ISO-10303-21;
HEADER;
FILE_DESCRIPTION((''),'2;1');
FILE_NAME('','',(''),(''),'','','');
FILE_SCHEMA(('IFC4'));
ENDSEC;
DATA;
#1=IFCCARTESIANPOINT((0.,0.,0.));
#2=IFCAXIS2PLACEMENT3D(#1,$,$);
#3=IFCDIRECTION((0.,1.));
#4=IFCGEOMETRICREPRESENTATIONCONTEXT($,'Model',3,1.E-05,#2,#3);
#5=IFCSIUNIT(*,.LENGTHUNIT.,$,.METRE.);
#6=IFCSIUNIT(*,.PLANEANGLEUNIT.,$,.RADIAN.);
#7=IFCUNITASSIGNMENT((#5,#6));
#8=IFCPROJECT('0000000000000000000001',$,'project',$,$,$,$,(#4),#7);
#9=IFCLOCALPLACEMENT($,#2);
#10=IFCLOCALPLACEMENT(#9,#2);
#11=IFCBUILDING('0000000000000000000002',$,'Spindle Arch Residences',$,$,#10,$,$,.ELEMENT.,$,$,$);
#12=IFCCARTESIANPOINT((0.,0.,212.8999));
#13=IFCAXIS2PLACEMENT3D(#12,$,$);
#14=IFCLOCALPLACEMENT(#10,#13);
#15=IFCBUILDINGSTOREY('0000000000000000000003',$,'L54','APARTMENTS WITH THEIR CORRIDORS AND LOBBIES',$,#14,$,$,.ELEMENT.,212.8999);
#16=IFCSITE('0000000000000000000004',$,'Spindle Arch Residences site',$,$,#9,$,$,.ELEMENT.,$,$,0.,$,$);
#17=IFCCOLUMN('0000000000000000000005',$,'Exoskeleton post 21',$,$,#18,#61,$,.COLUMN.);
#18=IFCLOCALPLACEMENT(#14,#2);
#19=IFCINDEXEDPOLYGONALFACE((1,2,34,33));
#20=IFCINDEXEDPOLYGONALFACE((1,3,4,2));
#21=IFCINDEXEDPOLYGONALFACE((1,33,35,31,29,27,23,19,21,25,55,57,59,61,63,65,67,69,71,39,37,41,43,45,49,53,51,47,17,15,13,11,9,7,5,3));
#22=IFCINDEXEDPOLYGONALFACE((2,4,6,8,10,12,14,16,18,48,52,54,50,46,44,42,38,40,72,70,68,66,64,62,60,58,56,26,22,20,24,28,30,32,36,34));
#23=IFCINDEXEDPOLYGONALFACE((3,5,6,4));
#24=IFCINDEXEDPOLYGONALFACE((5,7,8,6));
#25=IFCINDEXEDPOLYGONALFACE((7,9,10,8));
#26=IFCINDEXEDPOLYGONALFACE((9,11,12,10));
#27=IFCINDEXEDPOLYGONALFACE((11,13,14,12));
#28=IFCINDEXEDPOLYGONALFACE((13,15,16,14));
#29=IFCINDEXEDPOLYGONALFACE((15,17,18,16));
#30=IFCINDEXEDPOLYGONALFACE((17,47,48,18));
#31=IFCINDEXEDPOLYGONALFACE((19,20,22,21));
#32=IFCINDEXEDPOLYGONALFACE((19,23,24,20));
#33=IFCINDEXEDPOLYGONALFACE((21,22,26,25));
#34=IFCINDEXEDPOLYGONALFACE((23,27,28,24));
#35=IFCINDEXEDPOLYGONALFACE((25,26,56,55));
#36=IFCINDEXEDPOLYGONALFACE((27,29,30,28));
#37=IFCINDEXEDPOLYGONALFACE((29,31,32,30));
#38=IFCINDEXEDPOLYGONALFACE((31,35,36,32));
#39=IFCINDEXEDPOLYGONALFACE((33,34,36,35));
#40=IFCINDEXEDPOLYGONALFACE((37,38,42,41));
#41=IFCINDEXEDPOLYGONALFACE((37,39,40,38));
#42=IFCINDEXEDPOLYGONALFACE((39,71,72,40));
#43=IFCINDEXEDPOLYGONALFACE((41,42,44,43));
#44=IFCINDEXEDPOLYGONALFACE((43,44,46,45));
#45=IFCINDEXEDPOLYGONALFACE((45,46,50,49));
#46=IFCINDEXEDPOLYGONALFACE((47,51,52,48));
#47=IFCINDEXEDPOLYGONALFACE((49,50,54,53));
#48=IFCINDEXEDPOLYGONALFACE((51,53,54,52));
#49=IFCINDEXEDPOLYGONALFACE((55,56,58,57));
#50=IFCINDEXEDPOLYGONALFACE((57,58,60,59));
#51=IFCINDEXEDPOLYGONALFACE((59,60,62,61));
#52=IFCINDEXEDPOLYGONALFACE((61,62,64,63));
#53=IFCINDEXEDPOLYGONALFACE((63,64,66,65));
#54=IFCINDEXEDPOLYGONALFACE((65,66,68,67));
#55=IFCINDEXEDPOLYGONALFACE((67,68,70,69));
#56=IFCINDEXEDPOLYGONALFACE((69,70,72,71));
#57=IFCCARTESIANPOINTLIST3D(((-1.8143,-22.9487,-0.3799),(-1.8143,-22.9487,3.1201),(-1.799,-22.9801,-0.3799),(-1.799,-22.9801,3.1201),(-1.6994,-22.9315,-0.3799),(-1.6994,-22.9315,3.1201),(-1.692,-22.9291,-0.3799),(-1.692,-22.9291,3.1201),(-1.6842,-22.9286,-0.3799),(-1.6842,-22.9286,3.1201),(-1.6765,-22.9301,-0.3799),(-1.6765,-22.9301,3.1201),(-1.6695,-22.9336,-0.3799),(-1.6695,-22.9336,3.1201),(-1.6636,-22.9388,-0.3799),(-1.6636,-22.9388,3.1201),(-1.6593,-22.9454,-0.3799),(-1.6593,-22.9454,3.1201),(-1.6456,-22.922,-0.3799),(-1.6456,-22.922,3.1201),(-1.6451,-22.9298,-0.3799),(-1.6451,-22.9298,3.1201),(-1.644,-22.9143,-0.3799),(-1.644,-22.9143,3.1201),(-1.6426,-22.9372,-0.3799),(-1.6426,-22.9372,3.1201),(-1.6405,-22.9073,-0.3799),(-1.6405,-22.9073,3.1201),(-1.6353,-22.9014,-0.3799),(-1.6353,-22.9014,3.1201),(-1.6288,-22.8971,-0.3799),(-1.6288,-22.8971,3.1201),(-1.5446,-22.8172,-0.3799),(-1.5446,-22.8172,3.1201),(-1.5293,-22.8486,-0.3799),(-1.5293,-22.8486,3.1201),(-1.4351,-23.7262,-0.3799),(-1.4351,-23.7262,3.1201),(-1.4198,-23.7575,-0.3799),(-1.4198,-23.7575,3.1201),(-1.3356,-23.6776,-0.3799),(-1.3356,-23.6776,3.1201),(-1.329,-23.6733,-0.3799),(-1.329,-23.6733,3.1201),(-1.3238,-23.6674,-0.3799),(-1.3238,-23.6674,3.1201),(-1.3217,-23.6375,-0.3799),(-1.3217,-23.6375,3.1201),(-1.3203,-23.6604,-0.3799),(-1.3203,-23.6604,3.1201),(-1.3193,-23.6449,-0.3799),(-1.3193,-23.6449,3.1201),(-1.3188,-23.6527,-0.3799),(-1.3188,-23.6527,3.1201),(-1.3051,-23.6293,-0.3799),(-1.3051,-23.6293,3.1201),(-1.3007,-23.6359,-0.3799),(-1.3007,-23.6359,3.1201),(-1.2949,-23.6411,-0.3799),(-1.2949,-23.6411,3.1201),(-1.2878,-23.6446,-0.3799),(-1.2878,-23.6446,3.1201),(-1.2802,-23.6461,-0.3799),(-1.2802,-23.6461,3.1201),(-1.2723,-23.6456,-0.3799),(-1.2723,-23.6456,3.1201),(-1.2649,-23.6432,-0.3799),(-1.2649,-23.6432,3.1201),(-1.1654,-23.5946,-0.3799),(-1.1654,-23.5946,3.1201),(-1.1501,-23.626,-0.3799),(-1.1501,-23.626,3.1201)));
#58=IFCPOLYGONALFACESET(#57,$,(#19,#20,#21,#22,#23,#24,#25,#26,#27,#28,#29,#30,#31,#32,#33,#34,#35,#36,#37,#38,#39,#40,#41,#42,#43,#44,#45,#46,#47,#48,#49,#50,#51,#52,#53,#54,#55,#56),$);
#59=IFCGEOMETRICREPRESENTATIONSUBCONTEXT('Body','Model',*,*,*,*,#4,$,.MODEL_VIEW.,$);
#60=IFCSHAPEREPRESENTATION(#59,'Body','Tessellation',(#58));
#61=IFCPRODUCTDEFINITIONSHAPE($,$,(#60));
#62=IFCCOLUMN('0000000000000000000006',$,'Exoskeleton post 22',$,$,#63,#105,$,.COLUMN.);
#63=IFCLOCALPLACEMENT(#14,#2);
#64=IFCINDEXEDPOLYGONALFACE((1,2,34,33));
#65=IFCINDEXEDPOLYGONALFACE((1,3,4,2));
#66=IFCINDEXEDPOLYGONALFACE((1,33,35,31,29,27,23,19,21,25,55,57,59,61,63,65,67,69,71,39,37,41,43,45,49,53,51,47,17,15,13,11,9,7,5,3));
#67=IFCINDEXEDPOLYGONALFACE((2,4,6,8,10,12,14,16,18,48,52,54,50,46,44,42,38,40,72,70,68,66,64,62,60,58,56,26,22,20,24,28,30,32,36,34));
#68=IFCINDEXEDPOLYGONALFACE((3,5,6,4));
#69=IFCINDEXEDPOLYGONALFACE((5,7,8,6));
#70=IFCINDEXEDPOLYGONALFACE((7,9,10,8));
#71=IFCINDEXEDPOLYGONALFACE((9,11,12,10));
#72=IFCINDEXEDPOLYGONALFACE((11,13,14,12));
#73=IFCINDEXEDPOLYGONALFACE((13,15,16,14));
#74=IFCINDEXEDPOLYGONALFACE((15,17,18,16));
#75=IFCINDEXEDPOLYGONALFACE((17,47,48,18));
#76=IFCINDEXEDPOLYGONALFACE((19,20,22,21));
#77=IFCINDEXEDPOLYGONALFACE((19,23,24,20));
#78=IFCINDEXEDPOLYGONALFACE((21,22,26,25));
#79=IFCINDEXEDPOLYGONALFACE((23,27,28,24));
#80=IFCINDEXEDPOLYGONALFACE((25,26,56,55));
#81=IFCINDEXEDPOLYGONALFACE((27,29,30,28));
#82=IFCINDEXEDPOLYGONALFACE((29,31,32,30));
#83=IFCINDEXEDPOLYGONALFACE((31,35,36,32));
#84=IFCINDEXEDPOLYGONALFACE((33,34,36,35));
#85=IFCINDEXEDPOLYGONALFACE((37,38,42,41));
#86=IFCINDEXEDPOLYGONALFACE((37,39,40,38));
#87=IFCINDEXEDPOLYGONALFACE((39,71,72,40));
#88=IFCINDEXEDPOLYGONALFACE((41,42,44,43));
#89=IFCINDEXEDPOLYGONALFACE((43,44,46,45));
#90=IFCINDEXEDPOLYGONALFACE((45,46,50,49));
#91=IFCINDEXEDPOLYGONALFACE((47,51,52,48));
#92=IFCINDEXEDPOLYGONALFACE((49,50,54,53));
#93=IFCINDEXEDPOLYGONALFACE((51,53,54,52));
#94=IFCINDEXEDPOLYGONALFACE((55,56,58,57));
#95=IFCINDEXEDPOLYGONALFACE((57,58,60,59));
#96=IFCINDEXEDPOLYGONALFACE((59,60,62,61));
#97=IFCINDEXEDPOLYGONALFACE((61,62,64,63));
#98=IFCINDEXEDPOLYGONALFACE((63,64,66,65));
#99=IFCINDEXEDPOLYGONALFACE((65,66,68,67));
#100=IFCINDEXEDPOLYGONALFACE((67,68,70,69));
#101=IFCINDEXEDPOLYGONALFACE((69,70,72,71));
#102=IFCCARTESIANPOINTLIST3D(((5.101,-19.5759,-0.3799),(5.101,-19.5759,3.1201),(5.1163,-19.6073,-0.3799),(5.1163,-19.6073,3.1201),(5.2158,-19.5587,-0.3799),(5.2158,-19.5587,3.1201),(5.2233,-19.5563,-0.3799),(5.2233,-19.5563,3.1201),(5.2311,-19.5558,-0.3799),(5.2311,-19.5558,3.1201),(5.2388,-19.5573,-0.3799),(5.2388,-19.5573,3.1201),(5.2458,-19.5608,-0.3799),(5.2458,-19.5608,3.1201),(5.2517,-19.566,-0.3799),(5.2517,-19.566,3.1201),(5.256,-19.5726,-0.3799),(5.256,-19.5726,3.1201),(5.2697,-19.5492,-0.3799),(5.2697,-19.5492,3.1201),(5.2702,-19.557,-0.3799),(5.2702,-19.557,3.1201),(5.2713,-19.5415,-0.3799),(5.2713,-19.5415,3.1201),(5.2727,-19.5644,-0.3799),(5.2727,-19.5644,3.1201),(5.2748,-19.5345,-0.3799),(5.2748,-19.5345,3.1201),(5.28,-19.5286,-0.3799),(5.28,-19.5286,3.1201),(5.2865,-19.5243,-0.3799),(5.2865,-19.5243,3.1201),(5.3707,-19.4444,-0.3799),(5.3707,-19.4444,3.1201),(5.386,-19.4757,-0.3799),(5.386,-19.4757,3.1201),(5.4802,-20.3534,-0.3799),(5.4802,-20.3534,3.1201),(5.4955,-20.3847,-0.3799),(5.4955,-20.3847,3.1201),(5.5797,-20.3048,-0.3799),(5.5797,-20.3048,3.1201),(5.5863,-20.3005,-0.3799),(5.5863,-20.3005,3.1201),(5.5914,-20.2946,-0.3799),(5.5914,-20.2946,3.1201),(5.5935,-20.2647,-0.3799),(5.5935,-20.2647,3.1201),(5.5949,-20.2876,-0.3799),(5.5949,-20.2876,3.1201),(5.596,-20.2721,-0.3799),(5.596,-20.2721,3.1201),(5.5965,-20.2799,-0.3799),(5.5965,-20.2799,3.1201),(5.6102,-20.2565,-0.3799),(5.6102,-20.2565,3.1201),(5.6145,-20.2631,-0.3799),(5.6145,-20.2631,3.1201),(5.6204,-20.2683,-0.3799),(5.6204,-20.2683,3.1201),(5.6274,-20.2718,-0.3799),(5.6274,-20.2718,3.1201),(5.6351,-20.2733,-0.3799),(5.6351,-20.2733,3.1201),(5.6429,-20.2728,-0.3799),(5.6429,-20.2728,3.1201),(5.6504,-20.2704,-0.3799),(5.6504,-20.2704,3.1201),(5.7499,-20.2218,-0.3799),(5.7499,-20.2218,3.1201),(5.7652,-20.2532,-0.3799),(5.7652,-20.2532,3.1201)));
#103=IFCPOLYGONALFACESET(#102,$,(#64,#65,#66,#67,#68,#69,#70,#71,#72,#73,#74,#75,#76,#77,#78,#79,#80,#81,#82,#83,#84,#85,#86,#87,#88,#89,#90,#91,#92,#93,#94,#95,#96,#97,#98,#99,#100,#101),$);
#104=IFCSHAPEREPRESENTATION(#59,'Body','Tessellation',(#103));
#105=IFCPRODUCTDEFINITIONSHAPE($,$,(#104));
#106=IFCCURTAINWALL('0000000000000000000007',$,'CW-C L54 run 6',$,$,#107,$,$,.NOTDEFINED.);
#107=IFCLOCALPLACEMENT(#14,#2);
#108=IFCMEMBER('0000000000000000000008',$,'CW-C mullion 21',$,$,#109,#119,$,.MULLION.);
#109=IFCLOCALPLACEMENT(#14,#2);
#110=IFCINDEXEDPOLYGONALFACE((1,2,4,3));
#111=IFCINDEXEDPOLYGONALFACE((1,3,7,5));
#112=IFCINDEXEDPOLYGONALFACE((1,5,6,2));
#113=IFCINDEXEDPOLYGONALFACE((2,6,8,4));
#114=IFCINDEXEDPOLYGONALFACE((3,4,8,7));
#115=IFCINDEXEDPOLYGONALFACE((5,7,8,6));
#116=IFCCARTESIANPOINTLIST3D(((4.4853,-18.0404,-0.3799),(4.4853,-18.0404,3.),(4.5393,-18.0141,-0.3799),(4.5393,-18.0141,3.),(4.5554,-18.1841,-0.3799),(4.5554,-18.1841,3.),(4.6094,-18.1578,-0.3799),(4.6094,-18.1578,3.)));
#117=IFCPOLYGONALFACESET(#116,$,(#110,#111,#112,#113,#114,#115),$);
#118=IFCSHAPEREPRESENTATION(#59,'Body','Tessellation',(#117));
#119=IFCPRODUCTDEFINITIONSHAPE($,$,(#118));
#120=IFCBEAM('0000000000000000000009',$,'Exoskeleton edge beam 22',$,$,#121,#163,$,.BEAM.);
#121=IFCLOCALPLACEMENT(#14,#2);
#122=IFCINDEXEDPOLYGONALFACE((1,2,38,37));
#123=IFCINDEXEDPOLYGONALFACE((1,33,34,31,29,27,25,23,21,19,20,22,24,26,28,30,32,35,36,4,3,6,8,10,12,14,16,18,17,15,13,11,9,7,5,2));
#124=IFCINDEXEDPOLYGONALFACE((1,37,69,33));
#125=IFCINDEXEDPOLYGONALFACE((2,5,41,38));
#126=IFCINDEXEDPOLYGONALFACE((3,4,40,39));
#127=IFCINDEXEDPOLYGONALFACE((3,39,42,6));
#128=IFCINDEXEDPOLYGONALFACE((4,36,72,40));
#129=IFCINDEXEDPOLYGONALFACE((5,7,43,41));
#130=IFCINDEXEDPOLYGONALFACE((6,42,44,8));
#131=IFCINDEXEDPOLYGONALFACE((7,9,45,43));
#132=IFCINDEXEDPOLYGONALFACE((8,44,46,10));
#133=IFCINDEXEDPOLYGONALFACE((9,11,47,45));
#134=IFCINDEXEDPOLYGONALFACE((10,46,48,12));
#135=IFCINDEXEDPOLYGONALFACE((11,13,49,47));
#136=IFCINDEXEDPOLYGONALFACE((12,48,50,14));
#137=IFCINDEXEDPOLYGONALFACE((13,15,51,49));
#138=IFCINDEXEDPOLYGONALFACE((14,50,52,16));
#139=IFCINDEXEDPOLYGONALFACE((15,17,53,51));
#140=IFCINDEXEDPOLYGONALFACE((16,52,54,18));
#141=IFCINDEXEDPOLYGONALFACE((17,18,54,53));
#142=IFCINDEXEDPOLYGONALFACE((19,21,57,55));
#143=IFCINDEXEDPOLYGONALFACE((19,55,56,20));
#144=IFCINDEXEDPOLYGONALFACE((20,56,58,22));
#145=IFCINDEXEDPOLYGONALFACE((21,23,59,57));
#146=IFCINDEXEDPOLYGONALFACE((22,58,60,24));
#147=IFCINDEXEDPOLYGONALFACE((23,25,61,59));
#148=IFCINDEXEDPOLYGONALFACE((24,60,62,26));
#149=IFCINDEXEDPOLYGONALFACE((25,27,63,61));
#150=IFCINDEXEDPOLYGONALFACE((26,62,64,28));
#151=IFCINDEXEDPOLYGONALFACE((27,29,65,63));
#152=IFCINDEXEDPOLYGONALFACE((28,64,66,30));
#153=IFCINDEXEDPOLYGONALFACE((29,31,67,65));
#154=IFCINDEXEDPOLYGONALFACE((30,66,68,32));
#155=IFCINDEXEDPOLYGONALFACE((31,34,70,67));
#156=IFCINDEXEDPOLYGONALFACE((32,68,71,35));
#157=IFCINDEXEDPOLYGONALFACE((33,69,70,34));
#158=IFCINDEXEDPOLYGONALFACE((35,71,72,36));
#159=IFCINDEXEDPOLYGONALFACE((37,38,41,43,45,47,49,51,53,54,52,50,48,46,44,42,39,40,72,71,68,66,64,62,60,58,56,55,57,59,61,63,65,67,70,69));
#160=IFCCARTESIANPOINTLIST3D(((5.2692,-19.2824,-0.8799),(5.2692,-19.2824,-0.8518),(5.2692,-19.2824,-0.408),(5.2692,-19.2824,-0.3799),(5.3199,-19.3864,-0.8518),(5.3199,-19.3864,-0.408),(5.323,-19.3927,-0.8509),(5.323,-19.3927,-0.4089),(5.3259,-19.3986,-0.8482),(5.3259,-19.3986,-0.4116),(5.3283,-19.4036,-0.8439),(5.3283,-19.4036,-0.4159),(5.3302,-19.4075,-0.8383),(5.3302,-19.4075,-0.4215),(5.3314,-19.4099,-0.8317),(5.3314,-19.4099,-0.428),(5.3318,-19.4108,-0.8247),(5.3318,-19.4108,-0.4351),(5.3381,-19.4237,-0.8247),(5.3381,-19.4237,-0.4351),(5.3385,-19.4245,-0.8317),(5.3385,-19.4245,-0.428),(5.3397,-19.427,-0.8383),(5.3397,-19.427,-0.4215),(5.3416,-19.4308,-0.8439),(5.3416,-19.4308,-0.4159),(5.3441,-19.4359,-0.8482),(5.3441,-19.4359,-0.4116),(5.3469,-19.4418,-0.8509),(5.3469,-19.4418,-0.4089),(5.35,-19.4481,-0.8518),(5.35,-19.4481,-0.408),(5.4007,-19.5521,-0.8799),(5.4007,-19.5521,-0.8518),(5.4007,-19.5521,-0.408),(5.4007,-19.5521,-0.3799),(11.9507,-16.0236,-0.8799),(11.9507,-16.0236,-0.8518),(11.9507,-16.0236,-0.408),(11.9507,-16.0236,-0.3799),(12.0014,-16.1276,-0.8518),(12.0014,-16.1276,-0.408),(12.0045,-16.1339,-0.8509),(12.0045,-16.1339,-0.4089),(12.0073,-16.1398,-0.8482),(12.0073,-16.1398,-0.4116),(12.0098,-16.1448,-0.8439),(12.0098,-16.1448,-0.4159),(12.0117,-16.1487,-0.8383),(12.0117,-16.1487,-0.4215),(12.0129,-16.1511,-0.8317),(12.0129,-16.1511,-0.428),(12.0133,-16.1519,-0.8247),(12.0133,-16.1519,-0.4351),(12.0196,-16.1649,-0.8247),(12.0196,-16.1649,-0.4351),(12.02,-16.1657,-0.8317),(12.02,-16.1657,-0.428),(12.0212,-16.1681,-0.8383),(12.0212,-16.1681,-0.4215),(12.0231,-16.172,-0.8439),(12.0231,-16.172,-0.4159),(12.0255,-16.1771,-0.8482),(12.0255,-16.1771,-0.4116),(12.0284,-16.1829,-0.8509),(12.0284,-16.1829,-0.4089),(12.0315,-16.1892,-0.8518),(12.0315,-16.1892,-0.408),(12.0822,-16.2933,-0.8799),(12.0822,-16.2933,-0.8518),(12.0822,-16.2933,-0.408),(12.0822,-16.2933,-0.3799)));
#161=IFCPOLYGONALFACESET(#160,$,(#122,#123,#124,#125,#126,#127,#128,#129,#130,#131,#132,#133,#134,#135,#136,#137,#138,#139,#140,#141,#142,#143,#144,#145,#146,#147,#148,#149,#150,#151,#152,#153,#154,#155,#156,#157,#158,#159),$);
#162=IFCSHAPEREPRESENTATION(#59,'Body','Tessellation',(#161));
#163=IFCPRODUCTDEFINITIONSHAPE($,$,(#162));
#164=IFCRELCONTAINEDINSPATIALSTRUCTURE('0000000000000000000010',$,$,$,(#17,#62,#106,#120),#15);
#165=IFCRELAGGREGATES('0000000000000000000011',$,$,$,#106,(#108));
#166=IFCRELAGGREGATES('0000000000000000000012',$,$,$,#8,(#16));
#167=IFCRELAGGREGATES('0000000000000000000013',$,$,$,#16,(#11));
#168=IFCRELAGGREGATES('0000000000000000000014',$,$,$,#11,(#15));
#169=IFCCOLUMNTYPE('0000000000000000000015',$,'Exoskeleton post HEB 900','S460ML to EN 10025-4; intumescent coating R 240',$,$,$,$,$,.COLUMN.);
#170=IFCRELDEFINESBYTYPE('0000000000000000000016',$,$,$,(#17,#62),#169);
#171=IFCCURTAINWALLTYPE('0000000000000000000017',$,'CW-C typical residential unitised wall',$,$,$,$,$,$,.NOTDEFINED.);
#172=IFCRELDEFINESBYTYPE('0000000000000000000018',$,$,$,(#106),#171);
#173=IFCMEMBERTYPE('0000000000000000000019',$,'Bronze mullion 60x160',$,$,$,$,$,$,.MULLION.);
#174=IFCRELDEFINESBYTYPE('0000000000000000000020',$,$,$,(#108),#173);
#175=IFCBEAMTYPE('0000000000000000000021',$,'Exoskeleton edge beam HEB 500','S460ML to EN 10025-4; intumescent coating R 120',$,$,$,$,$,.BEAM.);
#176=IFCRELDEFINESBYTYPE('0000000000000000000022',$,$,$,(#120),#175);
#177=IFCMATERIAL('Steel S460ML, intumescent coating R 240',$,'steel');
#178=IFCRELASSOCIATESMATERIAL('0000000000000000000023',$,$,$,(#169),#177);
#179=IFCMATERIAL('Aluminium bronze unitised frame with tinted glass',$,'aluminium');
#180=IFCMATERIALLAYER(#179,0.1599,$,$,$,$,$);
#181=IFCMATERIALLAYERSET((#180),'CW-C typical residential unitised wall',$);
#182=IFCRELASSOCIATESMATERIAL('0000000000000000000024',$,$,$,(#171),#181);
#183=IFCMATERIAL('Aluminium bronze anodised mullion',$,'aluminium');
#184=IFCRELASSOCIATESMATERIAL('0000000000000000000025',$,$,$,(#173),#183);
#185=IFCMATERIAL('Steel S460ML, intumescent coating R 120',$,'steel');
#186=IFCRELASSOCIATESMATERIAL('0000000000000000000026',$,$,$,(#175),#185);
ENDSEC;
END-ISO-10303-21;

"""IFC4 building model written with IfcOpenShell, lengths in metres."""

from ifc_helpers import new_model, si_unit, direction, frame, origin, origin_2d, place, context, subcontext, project, spatial, rectangle, i_section, extrude, material, layer, layer_set, material_profile, profile_set, type_object, element, aggregate, save


model = new_model("IFC4")

# Units and contexts
model_context = context("Model", 3, precision=1e-05, world=origin(), true_north=direction((0.0, 1.0)))
body_context = subcontext(model_context, "Body", "Model", "MODEL_VIEW")
ifc_project = project(units=[si_unit("LENGTHUNIT", "METRE"), si_unit("PLANEANGLEUNIT", "RADIAN")], contexts=[model_context])

# Site, building, storey
site_placement = place(None, origin())
site = spatial("IfcSite", under=ifc_project, at=site_placement, Name="Spindle Arch Residences site", CompositionType="ELEMENT", RefElevation=0.0)
building_placement = place(site_placement, origin())
building = spatial("IfcBuilding", under=site, at=building_placement, Name="Spindle Arch Residences", CompositionType="ELEMENT")
storey_placement = place(building_placement, frame((0.0, 0.0, 212.8999)))
storey = spatial("IfcBuildingStorey", under=building, at=storey_placement, Name="L54", Description="APARTMENTS WITH THEIR CORRIDORS AND LOBBIES", CompositionType="ELEMENT", Elevation=212.8999)

# Columns
ifc_material_1 = material(Name="Steel S460ML, intumescent coating R 240", Category="steel")
ifc_material_profile_1 = material_profile(ifc_material_1, i_section(OverallWidth=0.3, OverallDepth=0.8999, WebThickness=0.0186, FlangeThickness=0.0349, FilletRadius=0.03, at=origin_2d()), Name="HEB 900")
ifc_profile_set_1 = profile_set([ifc_material_profile_1], Name="Steel S460ML, intumescent coating R 240")
column_type = type_object("IfcColumnType", Name="Exoskeleton post HEB 900", Description="S460ML to EN 10025-4; intumescent coating R 240", PredefinedType="COLUMN", material=ifc_profile_set_1)
for number, where, z_axis, x_axis, name in (
    (1, (-1.4822, -23.2874, -0.3799), (0.0, 0.0, 1.0), (-0.898794, -0.438371, 0.0), "Exoskeleton post 21"),
    (2, (5.4331, -19.9146, -0.3799), (0.0, 0.0, 1.0), (-0.898794, -0.438371, 0.0), "Exoskeleton post 22"),
):
    element("IfcColumn", number, at=place(storey_placement, frame(where, z_axis=z_axis, x_axis=x_axis)), inside=storey, type_object=column_type, Name=name, PredefinedType="COLUMN", context=body_context, shape_type="SweptSolid", body=[
        extrude(i_section(OverallWidth=0.3, OverallDepth=0.8999, WebThickness=0.0186, FlangeThickness=0.0349, FilletRadius=0.03, at=origin_2d()), origin(), (0.0, 0.0, 1.0), 3.5),
    ])

# Curtain wall, member
ifc_material_2 = material(Name="Aluminium bronze unitised frame with tinted glass", Category="aluminium")
ifc_layer_1 = layer(ifc_material_2, 0.1599)
ifc_layer_set_1 = layer_set([ifc_layer_1], Name="CW-C typical residential unitised wall")
curtain_wall_type = type_object("IfcCurtainWallType", Name="CW-C typical residential unitised wall", PredefinedType="NOTDEFINED", material=ifc_layer_set_1)
curtain_wall_placement = place(storey_placement, origin())
curtain_wall = element("IfcCurtainWall", 3, at=curtain_wall_placement, inside=storey, type_object=curtain_wall_type, Name="CW-C L54 run 6", PredefinedType="NOTDEFINED")
ifc_material_3 = material(Name="Aluminium bronze anodised mullion", Category="aluminium")
ifc_material_profile_2 = material_profile(ifc_material_3, rectangle(XDim=0.1599, YDim=0.0601, at=origin_2d()), Name="MU 60x160")
ifc_profile_set_2 = profile_set([ifc_material_profile_2], Name="Aluminium bronze anodised mullion")
member_type = type_object("IfcMemberType", Name="Bronze mullion 60x160", PredefinedType="MULLION", material=ifc_profile_set_2)
member_placement = place(storey_placement, frame((4.5474, -18.0991, -0.3799), z_axis=(0.0, 0.0, 1.0), x_axis=(-0.438371, 0.898794, 0.0)))
member = element("IfcMember", 4, at=member_placement, type_object=member_type, Name="CW-C mullion 21", PredefinedType="MULLION", context=body_context, shape_type="SweptSolid", body=[
    extrude(rectangle(XDim=0.1599, YDim=0.0601, at=origin_2d()), origin(), (0.0, 0.0, 1.0), 3.3799),
])

# Beam
ifc_material_4 = material(Name="Steel S460ML, intumescent coating R 120", Category="steel")
ifc_material_profile_3 = material_profile(ifc_material_4, i_section(OverallWidth=0.3, OverallDepth=0.5, WebThickness=0.0144, FlangeThickness=0.0281, FilletRadius=0.0271, at=origin_2d()), Name="HEB 500")
ifc_profile_set_3 = profile_set([ifc_material_profile_3], Name="Steel S460ML, intumescent coating R 120")
beam_type_1 = type_object("IfcBeamType", Name="Exoskeleton edge beam HEB 500", Description="S460ML to EN 10025-4; intumescent coating R 120", PredefinedType="BEAM", material=ifc_profile_set_3)
beam_1_placement = place(storey_placement, frame((5.335, -19.4172, -0.6299), z_axis=(0.898791, 0.438377, 0.0), x_axis=(-0.438377, 0.898791, 0.0)))
element("IfcBeam", 5, at=beam_1_placement, inside=storey, type_object=beam_type_1, Name="Exoskeleton edge beam 22", PredefinedType="BEAM", context=body_context, shape_type="SweptSolid", body=[
    extrude(i_section(OverallWidth=0.3, OverallDepth=0.5, WebThickness=0.0144, FlangeThickness=0.0281, FilletRadius=0.0271, at=origin_2d()), origin(), (0.0, 0.0, 1.0), 7.4338),
])

aggregate(curtain_wall, [member])

save(model, "model.ifc")
